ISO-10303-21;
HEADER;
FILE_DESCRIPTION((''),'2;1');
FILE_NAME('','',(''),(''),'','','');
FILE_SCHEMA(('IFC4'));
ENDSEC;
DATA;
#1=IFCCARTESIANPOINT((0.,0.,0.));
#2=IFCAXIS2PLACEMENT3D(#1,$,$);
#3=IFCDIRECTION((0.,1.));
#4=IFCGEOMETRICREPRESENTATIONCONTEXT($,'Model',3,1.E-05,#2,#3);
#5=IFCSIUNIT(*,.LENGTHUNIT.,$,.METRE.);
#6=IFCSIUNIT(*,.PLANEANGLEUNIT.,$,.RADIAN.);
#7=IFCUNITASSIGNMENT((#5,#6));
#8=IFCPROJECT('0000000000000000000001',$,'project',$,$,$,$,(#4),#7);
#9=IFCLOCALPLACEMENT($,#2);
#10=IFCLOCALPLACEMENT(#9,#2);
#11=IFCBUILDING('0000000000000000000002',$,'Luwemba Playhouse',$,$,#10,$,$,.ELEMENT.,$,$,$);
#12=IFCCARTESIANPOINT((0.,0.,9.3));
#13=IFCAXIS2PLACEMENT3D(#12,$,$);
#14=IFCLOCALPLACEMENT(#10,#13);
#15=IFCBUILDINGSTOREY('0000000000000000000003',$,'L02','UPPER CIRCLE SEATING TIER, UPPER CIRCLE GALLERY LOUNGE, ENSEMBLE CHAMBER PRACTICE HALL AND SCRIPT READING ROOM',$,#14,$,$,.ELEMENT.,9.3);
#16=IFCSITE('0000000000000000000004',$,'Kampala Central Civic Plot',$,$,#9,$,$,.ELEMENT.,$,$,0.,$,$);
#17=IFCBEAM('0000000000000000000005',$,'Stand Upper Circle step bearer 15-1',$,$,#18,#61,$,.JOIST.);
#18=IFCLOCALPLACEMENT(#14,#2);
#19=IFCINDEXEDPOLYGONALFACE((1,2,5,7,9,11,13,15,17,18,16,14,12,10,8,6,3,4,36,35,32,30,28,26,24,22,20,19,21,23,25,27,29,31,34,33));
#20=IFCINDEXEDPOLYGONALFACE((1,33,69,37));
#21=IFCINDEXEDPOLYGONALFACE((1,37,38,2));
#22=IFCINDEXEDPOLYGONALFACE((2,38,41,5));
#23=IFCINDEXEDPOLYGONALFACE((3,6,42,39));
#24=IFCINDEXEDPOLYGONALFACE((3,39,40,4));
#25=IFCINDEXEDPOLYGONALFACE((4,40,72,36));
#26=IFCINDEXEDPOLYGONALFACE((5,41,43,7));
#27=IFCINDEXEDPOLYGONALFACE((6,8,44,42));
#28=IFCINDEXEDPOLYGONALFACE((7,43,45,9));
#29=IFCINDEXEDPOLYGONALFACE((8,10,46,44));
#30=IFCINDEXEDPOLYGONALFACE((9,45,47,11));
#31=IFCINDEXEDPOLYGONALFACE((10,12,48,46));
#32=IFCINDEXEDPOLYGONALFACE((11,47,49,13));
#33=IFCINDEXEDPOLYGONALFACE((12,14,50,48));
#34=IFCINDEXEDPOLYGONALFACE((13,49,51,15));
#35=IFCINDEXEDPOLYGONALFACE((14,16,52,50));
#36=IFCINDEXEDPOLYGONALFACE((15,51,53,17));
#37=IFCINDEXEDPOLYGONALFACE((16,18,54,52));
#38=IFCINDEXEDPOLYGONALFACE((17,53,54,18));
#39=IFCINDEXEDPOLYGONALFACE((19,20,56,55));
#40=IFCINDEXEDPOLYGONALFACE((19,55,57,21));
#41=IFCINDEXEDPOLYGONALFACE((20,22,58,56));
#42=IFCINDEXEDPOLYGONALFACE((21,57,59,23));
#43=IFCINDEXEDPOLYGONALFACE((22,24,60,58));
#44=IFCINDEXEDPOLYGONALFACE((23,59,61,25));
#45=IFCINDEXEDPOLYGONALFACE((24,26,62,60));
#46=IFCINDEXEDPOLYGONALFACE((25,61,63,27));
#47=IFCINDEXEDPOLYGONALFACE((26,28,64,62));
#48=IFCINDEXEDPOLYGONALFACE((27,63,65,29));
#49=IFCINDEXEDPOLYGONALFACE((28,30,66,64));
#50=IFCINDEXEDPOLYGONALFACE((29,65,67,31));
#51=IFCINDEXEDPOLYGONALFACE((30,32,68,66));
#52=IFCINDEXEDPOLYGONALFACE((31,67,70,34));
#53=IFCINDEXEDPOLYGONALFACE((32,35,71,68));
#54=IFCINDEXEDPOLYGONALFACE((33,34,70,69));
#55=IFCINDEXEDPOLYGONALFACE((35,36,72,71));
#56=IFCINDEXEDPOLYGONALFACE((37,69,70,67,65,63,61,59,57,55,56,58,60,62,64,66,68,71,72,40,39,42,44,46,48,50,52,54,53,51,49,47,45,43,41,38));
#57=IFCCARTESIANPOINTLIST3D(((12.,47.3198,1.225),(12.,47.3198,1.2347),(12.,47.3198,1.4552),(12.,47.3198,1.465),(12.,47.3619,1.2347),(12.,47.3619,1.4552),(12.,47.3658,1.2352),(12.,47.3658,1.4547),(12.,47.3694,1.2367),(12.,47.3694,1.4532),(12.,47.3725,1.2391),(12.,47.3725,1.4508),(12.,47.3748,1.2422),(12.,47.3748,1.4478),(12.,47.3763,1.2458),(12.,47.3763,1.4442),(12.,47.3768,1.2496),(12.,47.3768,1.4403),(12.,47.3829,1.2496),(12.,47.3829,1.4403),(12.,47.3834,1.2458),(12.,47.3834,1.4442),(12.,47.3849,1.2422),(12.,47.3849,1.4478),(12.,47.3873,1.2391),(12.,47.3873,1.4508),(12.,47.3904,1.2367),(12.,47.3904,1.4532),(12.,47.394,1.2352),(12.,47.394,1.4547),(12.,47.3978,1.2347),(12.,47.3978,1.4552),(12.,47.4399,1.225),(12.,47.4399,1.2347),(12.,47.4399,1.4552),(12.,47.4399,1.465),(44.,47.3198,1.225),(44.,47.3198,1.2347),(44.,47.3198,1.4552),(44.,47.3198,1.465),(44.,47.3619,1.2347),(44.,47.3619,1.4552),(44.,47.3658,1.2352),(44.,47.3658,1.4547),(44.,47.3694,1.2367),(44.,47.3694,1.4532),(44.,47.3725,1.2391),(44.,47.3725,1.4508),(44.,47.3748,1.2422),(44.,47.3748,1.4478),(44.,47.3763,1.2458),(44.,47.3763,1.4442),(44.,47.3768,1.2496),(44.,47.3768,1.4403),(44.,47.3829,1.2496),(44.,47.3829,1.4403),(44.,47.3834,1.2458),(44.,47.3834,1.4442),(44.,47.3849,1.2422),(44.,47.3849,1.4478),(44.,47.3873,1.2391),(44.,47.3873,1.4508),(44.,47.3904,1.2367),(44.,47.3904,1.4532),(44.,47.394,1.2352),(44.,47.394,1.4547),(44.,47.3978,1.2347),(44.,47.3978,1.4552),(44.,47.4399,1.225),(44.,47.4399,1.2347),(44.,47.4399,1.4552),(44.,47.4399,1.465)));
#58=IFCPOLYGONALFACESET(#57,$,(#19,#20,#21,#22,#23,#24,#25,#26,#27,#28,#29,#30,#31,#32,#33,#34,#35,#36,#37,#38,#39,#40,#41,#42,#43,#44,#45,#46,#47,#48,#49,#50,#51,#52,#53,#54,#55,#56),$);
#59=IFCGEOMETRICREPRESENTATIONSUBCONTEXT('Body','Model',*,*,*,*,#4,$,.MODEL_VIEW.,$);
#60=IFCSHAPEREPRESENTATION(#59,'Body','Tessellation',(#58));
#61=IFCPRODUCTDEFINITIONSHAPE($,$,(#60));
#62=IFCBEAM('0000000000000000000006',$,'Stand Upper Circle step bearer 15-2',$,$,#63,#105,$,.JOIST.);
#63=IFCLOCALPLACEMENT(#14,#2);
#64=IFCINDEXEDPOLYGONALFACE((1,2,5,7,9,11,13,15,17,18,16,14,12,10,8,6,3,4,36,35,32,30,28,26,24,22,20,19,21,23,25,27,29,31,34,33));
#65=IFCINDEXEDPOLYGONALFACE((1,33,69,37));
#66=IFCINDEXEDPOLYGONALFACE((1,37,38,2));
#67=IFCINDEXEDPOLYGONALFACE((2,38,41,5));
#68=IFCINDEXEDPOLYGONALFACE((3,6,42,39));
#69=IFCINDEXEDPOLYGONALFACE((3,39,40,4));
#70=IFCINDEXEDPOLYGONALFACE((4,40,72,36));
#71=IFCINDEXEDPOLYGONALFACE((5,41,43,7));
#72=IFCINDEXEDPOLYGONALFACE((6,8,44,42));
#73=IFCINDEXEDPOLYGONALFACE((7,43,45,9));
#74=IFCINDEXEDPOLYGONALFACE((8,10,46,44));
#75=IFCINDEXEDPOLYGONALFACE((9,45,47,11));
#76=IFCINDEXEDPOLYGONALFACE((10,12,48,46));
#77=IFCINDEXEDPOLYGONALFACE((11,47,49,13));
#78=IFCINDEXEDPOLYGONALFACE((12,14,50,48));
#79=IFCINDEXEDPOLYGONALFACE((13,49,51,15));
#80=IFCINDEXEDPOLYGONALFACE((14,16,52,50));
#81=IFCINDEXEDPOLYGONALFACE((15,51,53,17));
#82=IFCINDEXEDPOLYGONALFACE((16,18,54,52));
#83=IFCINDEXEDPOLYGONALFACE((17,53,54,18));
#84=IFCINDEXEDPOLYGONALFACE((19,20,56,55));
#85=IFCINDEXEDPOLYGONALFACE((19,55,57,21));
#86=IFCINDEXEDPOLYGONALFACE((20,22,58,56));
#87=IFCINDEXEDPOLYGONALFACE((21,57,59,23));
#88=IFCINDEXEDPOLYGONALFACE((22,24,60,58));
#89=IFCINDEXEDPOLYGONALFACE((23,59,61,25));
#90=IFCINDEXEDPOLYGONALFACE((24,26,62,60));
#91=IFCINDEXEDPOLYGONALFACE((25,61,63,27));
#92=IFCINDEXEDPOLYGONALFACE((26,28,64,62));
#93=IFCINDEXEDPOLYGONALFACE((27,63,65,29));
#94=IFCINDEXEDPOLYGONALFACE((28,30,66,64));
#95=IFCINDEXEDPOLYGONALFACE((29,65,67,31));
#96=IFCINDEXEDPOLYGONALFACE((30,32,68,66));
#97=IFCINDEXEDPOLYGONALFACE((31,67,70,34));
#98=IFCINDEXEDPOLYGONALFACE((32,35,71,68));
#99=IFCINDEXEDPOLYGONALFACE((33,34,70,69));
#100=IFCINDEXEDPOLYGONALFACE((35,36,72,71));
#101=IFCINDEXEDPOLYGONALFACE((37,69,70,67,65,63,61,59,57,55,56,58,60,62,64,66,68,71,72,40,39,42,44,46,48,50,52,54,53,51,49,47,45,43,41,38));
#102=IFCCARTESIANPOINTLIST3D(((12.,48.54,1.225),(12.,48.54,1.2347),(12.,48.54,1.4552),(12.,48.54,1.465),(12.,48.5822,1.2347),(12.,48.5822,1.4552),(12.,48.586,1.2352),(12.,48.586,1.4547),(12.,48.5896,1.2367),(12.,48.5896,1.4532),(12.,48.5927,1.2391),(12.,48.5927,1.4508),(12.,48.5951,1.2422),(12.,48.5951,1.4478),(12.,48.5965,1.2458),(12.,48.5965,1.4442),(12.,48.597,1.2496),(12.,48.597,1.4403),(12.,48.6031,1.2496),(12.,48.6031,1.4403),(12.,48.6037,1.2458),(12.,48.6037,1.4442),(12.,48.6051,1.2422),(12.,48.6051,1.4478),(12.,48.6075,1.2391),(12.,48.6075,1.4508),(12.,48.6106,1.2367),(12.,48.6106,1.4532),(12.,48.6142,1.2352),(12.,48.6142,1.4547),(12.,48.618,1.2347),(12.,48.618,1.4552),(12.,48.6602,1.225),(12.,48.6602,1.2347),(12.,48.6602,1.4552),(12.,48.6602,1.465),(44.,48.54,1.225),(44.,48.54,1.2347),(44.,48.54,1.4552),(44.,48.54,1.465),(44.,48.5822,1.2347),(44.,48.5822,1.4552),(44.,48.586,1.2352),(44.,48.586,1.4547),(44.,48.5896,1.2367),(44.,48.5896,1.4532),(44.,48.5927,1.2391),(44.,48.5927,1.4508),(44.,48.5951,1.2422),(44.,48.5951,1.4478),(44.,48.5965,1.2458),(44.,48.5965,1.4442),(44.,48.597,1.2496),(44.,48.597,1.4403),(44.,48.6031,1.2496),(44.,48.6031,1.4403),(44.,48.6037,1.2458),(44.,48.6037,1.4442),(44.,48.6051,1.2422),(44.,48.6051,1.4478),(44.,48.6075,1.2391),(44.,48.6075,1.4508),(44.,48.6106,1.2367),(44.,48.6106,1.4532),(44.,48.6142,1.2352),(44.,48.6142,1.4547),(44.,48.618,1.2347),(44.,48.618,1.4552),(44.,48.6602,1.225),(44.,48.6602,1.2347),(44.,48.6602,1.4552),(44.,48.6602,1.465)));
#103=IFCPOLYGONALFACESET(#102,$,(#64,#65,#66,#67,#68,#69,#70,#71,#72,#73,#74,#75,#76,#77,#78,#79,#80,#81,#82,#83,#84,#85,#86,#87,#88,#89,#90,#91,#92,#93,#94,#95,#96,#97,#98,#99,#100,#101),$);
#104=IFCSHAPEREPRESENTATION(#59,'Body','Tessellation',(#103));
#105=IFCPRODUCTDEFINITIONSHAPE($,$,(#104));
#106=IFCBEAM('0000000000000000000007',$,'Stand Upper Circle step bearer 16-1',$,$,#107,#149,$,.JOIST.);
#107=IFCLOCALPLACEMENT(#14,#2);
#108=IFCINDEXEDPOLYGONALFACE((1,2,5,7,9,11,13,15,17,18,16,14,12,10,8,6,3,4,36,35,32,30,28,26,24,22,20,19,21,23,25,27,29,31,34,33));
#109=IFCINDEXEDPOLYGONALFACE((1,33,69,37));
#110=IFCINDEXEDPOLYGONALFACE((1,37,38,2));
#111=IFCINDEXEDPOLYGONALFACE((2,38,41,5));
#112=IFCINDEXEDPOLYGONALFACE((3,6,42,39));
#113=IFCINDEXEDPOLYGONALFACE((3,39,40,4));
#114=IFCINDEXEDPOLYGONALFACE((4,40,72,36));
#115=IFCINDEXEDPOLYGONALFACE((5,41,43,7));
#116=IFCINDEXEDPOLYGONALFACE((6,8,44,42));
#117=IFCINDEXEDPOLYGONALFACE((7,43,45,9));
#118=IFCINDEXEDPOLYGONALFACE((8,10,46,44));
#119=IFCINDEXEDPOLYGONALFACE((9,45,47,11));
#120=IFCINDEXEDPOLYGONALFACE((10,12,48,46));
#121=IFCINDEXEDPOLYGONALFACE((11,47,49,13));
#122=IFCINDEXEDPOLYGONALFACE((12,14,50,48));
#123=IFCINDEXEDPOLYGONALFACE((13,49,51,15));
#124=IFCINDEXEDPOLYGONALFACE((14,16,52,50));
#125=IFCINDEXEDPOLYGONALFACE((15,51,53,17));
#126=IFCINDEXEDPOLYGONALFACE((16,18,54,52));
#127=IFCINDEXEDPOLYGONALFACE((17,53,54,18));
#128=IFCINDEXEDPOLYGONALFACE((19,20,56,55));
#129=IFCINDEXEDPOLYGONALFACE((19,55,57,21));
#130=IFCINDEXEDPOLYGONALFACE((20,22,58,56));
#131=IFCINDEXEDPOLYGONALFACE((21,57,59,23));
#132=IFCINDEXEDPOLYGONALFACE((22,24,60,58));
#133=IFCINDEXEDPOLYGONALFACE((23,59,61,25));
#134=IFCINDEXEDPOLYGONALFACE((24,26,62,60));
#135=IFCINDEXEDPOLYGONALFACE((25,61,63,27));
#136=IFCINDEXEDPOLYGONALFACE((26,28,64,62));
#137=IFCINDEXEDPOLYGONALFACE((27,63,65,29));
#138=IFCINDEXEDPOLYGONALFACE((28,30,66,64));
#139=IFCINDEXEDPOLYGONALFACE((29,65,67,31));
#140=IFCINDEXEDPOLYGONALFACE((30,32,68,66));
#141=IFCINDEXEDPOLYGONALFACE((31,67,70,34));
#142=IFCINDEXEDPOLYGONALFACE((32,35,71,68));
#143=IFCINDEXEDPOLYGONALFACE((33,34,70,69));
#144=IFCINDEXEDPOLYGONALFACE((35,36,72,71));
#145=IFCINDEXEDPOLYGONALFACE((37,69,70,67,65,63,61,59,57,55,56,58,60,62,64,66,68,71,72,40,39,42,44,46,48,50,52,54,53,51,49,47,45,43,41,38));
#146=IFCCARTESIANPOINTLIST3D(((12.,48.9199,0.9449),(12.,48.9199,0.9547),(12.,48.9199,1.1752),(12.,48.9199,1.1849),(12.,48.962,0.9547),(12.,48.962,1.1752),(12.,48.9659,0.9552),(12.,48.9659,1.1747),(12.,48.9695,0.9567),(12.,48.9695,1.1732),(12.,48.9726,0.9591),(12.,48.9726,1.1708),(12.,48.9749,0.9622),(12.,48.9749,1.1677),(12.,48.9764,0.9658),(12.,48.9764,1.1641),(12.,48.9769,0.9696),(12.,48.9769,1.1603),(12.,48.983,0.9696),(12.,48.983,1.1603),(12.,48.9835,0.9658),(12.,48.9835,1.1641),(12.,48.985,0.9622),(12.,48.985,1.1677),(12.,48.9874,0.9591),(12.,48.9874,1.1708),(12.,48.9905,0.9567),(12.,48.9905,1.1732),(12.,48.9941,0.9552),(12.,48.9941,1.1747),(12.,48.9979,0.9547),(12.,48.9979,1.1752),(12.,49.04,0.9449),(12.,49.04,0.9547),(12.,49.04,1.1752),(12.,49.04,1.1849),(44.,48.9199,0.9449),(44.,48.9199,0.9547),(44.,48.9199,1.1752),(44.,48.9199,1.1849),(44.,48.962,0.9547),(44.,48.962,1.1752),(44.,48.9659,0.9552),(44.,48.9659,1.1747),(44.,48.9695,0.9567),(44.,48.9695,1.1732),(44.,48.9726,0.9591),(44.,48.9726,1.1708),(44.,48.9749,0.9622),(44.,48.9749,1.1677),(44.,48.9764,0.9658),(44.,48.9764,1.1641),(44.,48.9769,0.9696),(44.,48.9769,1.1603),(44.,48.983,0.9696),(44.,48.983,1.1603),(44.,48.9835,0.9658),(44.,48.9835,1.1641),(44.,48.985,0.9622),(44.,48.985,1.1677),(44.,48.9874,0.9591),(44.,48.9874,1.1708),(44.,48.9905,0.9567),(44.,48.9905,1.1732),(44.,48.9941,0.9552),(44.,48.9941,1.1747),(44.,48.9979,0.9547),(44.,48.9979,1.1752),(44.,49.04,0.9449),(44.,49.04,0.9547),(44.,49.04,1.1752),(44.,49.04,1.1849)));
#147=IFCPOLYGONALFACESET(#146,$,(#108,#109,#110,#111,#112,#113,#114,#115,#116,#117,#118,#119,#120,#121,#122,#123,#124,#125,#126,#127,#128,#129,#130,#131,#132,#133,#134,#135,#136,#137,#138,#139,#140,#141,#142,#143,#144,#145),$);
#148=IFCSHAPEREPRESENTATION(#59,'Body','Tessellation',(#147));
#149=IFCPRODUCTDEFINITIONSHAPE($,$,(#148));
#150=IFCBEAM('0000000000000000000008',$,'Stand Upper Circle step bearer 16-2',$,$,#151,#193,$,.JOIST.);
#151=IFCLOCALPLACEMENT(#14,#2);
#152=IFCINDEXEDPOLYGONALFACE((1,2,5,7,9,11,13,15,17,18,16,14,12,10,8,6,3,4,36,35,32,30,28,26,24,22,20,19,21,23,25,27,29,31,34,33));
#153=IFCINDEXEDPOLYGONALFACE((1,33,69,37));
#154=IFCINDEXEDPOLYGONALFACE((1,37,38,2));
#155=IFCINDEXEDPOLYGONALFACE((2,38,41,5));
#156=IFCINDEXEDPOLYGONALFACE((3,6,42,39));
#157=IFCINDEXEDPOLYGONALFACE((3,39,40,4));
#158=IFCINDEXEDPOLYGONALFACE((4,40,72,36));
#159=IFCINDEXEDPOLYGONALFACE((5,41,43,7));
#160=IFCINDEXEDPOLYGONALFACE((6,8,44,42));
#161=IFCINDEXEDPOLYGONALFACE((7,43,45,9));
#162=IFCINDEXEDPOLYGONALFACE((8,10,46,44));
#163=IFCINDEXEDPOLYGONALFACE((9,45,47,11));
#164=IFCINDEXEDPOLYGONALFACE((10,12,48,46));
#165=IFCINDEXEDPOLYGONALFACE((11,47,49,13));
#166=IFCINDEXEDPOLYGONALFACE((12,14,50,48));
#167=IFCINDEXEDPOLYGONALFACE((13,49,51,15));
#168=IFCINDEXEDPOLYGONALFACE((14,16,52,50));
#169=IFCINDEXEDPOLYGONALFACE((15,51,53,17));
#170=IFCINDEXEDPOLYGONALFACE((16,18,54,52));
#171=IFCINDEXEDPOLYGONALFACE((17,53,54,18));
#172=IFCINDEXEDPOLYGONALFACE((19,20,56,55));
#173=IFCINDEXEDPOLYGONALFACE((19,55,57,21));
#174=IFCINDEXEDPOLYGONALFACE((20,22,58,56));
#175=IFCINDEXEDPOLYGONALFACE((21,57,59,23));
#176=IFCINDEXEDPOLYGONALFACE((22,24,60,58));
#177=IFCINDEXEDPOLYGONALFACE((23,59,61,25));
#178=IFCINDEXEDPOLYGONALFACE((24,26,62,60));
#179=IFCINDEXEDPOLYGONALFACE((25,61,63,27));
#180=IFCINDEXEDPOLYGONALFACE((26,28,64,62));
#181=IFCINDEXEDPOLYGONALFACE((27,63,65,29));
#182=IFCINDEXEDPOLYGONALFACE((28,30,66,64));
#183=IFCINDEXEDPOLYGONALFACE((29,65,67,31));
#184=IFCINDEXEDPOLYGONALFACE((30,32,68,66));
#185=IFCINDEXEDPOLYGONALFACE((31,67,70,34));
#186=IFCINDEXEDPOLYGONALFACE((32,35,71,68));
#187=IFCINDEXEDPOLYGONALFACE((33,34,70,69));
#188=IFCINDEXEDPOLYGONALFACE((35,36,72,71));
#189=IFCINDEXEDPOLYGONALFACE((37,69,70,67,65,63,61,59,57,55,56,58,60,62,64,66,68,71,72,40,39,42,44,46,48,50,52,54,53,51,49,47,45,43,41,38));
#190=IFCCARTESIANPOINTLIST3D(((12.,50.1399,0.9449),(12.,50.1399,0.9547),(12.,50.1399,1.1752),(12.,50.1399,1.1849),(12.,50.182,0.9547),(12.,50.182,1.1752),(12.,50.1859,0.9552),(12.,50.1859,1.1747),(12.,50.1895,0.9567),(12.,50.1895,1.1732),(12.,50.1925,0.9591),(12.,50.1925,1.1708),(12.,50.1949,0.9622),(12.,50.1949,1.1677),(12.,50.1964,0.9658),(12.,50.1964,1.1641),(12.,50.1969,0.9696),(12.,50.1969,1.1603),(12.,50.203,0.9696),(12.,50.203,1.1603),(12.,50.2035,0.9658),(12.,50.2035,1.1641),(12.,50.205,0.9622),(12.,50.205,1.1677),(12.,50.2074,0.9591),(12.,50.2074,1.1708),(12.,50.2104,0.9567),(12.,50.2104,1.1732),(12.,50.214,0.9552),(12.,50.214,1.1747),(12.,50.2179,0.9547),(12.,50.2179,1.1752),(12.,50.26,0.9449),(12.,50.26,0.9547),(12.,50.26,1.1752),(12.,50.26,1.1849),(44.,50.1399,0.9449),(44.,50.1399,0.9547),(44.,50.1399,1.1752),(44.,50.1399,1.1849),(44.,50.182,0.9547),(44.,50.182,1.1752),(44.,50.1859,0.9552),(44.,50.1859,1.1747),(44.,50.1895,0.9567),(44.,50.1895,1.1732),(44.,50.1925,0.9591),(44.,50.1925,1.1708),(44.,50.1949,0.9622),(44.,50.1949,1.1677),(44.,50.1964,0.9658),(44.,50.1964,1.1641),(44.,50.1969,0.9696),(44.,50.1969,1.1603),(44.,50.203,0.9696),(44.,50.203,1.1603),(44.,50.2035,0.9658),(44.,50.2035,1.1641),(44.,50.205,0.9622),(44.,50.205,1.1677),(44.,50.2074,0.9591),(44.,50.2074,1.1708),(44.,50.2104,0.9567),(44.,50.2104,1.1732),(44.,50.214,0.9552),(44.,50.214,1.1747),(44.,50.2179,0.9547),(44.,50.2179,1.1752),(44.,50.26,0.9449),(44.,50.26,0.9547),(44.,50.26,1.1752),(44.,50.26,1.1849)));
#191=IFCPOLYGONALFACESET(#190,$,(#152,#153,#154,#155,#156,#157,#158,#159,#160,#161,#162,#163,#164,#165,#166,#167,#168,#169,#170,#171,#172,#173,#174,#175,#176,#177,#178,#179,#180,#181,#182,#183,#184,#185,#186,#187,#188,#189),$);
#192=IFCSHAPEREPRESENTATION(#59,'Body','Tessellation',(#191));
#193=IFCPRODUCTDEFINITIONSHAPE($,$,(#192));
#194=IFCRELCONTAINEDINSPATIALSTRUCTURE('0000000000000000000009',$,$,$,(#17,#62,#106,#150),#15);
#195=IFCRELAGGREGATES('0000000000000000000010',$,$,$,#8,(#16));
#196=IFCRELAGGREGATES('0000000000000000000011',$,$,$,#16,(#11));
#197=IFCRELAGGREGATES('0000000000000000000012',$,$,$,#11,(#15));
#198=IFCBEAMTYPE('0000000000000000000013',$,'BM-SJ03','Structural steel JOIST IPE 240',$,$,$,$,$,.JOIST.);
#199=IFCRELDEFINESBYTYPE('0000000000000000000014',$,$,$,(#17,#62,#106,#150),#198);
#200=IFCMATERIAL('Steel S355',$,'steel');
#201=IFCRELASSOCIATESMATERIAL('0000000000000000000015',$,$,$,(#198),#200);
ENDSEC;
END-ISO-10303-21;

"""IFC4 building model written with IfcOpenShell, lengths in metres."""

from ifc_helpers import new_model, si_unit, direction, frame, origin, origin_2d, place, context, subcontext, project, spatial, i_section, extrude, material, material_profile, profile_set, type_object, element, save


model = new_model("IFC4")

# Units and contexts
model_context = context("Model", 3, precision=1e-05, world=origin(), true_north=direction((0.0, 1.0)))
body_context = subcontext(model_context, "Body", "Model", "MODEL_VIEW")
ifc_project = project(units=[si_unit("LENGTHUNIT", "METRE"), si_unit("PLANEANGLEUNIT", "RADIAN")], contexts=[model_context])

# Site, building, storey
site_placement = place(None, origin())
site = spatial("IfcSite", under=ifc_project, at=site_placement, Name="Kampala Central Civic Plot", CompositionType="ELEMENT", RefElevation=0.0)
building_placement = place(site_placement, origin())
building = spatial("IfcBuilding", under=site, at=building_placement, Name="Luwemba Playhouse", CompositionType="ELEMENT")
storey_placement = place(building_placement, frame((0.0, 0.0, 9.3)))
storey = spatial("IfcBuildingStorey", under=building, at=storey_placement, Name="L02", Description="UPPER CIRCLE SEATING TIER, UPPER CIRCLE GALLERY LOUNGE, ENSEMBLE CHAMBER PRACTICE HALL AND SCRIPT READING ROOM", CompositionType="ELEMENT", Elevation=9.3)

# Shared definitions
ifc_material_1 = material(Name="Steel S355", Category="steel")

# Beams
ifc_material_profile_1 = material_profile(ifc_material_1, i_section(OverallWidth=0.1201, OverallDepth=0.24, WebThickness=0.0061, FlangeThickness=0.0098, FilletRadius=0.0149, at=origin_2d()))
ifc_profile_set_1 = profile_set([ifc_material_profile_1], Name="Steel S355")
beam_type_1 = type_object("IfcBeamType", Name="BM-SJ03", Description="Structural steel JOIST IPE 240", PredefinedType="JOIST", material=ifc_profile_set_1)
for number, where, z_axis, x_axis, name in (
    (1, (12.0, 47.3799, 1.345), (1.0, 0.0, 0.0), (0.0, 1.0, 0.0), "Stand Upper Circle step bearer 15-1"),
    (2, (12.0, 48.6001, 1.345), (1.0, 0.0, 0.0), (0.0, 1.0, 0.0), "Stand Upper Circle step bearer 15-2"),
    (3, (12.0, 48.98, 1.0649), (1.0, 0.0, 0.0), (0.0, 1.0, 0.0), "Stand Upper Circle step bearer 16-1"),
    (4, (12.0, 50.2, 1.0649), (1.0, 0.0, 0.0), (0.0, 1.0, 0.0), "Stand Upper Circle step bearer 16-2"),
):
    element("IfcBeam", number, at=place(storey_placement, frame(where, z_axis=z_axis, x_axis=x_axis)), inside=storey, type_object=beam_type_1, Name=name, PredefinedType="JOIST", context=body_context, shape_type="SweptSolid", body=[
        extrude(i_section(OverallWidth=0.1201, OverallDepth=0.24, WebThickness=0.0061, FlangeThickness=0.0098, FilletRadius=0.0149, at=origin_2d()), origin(), (0.0, 0.0, 1.0), 32.0),
    ])

save(model, "model.ifc")
